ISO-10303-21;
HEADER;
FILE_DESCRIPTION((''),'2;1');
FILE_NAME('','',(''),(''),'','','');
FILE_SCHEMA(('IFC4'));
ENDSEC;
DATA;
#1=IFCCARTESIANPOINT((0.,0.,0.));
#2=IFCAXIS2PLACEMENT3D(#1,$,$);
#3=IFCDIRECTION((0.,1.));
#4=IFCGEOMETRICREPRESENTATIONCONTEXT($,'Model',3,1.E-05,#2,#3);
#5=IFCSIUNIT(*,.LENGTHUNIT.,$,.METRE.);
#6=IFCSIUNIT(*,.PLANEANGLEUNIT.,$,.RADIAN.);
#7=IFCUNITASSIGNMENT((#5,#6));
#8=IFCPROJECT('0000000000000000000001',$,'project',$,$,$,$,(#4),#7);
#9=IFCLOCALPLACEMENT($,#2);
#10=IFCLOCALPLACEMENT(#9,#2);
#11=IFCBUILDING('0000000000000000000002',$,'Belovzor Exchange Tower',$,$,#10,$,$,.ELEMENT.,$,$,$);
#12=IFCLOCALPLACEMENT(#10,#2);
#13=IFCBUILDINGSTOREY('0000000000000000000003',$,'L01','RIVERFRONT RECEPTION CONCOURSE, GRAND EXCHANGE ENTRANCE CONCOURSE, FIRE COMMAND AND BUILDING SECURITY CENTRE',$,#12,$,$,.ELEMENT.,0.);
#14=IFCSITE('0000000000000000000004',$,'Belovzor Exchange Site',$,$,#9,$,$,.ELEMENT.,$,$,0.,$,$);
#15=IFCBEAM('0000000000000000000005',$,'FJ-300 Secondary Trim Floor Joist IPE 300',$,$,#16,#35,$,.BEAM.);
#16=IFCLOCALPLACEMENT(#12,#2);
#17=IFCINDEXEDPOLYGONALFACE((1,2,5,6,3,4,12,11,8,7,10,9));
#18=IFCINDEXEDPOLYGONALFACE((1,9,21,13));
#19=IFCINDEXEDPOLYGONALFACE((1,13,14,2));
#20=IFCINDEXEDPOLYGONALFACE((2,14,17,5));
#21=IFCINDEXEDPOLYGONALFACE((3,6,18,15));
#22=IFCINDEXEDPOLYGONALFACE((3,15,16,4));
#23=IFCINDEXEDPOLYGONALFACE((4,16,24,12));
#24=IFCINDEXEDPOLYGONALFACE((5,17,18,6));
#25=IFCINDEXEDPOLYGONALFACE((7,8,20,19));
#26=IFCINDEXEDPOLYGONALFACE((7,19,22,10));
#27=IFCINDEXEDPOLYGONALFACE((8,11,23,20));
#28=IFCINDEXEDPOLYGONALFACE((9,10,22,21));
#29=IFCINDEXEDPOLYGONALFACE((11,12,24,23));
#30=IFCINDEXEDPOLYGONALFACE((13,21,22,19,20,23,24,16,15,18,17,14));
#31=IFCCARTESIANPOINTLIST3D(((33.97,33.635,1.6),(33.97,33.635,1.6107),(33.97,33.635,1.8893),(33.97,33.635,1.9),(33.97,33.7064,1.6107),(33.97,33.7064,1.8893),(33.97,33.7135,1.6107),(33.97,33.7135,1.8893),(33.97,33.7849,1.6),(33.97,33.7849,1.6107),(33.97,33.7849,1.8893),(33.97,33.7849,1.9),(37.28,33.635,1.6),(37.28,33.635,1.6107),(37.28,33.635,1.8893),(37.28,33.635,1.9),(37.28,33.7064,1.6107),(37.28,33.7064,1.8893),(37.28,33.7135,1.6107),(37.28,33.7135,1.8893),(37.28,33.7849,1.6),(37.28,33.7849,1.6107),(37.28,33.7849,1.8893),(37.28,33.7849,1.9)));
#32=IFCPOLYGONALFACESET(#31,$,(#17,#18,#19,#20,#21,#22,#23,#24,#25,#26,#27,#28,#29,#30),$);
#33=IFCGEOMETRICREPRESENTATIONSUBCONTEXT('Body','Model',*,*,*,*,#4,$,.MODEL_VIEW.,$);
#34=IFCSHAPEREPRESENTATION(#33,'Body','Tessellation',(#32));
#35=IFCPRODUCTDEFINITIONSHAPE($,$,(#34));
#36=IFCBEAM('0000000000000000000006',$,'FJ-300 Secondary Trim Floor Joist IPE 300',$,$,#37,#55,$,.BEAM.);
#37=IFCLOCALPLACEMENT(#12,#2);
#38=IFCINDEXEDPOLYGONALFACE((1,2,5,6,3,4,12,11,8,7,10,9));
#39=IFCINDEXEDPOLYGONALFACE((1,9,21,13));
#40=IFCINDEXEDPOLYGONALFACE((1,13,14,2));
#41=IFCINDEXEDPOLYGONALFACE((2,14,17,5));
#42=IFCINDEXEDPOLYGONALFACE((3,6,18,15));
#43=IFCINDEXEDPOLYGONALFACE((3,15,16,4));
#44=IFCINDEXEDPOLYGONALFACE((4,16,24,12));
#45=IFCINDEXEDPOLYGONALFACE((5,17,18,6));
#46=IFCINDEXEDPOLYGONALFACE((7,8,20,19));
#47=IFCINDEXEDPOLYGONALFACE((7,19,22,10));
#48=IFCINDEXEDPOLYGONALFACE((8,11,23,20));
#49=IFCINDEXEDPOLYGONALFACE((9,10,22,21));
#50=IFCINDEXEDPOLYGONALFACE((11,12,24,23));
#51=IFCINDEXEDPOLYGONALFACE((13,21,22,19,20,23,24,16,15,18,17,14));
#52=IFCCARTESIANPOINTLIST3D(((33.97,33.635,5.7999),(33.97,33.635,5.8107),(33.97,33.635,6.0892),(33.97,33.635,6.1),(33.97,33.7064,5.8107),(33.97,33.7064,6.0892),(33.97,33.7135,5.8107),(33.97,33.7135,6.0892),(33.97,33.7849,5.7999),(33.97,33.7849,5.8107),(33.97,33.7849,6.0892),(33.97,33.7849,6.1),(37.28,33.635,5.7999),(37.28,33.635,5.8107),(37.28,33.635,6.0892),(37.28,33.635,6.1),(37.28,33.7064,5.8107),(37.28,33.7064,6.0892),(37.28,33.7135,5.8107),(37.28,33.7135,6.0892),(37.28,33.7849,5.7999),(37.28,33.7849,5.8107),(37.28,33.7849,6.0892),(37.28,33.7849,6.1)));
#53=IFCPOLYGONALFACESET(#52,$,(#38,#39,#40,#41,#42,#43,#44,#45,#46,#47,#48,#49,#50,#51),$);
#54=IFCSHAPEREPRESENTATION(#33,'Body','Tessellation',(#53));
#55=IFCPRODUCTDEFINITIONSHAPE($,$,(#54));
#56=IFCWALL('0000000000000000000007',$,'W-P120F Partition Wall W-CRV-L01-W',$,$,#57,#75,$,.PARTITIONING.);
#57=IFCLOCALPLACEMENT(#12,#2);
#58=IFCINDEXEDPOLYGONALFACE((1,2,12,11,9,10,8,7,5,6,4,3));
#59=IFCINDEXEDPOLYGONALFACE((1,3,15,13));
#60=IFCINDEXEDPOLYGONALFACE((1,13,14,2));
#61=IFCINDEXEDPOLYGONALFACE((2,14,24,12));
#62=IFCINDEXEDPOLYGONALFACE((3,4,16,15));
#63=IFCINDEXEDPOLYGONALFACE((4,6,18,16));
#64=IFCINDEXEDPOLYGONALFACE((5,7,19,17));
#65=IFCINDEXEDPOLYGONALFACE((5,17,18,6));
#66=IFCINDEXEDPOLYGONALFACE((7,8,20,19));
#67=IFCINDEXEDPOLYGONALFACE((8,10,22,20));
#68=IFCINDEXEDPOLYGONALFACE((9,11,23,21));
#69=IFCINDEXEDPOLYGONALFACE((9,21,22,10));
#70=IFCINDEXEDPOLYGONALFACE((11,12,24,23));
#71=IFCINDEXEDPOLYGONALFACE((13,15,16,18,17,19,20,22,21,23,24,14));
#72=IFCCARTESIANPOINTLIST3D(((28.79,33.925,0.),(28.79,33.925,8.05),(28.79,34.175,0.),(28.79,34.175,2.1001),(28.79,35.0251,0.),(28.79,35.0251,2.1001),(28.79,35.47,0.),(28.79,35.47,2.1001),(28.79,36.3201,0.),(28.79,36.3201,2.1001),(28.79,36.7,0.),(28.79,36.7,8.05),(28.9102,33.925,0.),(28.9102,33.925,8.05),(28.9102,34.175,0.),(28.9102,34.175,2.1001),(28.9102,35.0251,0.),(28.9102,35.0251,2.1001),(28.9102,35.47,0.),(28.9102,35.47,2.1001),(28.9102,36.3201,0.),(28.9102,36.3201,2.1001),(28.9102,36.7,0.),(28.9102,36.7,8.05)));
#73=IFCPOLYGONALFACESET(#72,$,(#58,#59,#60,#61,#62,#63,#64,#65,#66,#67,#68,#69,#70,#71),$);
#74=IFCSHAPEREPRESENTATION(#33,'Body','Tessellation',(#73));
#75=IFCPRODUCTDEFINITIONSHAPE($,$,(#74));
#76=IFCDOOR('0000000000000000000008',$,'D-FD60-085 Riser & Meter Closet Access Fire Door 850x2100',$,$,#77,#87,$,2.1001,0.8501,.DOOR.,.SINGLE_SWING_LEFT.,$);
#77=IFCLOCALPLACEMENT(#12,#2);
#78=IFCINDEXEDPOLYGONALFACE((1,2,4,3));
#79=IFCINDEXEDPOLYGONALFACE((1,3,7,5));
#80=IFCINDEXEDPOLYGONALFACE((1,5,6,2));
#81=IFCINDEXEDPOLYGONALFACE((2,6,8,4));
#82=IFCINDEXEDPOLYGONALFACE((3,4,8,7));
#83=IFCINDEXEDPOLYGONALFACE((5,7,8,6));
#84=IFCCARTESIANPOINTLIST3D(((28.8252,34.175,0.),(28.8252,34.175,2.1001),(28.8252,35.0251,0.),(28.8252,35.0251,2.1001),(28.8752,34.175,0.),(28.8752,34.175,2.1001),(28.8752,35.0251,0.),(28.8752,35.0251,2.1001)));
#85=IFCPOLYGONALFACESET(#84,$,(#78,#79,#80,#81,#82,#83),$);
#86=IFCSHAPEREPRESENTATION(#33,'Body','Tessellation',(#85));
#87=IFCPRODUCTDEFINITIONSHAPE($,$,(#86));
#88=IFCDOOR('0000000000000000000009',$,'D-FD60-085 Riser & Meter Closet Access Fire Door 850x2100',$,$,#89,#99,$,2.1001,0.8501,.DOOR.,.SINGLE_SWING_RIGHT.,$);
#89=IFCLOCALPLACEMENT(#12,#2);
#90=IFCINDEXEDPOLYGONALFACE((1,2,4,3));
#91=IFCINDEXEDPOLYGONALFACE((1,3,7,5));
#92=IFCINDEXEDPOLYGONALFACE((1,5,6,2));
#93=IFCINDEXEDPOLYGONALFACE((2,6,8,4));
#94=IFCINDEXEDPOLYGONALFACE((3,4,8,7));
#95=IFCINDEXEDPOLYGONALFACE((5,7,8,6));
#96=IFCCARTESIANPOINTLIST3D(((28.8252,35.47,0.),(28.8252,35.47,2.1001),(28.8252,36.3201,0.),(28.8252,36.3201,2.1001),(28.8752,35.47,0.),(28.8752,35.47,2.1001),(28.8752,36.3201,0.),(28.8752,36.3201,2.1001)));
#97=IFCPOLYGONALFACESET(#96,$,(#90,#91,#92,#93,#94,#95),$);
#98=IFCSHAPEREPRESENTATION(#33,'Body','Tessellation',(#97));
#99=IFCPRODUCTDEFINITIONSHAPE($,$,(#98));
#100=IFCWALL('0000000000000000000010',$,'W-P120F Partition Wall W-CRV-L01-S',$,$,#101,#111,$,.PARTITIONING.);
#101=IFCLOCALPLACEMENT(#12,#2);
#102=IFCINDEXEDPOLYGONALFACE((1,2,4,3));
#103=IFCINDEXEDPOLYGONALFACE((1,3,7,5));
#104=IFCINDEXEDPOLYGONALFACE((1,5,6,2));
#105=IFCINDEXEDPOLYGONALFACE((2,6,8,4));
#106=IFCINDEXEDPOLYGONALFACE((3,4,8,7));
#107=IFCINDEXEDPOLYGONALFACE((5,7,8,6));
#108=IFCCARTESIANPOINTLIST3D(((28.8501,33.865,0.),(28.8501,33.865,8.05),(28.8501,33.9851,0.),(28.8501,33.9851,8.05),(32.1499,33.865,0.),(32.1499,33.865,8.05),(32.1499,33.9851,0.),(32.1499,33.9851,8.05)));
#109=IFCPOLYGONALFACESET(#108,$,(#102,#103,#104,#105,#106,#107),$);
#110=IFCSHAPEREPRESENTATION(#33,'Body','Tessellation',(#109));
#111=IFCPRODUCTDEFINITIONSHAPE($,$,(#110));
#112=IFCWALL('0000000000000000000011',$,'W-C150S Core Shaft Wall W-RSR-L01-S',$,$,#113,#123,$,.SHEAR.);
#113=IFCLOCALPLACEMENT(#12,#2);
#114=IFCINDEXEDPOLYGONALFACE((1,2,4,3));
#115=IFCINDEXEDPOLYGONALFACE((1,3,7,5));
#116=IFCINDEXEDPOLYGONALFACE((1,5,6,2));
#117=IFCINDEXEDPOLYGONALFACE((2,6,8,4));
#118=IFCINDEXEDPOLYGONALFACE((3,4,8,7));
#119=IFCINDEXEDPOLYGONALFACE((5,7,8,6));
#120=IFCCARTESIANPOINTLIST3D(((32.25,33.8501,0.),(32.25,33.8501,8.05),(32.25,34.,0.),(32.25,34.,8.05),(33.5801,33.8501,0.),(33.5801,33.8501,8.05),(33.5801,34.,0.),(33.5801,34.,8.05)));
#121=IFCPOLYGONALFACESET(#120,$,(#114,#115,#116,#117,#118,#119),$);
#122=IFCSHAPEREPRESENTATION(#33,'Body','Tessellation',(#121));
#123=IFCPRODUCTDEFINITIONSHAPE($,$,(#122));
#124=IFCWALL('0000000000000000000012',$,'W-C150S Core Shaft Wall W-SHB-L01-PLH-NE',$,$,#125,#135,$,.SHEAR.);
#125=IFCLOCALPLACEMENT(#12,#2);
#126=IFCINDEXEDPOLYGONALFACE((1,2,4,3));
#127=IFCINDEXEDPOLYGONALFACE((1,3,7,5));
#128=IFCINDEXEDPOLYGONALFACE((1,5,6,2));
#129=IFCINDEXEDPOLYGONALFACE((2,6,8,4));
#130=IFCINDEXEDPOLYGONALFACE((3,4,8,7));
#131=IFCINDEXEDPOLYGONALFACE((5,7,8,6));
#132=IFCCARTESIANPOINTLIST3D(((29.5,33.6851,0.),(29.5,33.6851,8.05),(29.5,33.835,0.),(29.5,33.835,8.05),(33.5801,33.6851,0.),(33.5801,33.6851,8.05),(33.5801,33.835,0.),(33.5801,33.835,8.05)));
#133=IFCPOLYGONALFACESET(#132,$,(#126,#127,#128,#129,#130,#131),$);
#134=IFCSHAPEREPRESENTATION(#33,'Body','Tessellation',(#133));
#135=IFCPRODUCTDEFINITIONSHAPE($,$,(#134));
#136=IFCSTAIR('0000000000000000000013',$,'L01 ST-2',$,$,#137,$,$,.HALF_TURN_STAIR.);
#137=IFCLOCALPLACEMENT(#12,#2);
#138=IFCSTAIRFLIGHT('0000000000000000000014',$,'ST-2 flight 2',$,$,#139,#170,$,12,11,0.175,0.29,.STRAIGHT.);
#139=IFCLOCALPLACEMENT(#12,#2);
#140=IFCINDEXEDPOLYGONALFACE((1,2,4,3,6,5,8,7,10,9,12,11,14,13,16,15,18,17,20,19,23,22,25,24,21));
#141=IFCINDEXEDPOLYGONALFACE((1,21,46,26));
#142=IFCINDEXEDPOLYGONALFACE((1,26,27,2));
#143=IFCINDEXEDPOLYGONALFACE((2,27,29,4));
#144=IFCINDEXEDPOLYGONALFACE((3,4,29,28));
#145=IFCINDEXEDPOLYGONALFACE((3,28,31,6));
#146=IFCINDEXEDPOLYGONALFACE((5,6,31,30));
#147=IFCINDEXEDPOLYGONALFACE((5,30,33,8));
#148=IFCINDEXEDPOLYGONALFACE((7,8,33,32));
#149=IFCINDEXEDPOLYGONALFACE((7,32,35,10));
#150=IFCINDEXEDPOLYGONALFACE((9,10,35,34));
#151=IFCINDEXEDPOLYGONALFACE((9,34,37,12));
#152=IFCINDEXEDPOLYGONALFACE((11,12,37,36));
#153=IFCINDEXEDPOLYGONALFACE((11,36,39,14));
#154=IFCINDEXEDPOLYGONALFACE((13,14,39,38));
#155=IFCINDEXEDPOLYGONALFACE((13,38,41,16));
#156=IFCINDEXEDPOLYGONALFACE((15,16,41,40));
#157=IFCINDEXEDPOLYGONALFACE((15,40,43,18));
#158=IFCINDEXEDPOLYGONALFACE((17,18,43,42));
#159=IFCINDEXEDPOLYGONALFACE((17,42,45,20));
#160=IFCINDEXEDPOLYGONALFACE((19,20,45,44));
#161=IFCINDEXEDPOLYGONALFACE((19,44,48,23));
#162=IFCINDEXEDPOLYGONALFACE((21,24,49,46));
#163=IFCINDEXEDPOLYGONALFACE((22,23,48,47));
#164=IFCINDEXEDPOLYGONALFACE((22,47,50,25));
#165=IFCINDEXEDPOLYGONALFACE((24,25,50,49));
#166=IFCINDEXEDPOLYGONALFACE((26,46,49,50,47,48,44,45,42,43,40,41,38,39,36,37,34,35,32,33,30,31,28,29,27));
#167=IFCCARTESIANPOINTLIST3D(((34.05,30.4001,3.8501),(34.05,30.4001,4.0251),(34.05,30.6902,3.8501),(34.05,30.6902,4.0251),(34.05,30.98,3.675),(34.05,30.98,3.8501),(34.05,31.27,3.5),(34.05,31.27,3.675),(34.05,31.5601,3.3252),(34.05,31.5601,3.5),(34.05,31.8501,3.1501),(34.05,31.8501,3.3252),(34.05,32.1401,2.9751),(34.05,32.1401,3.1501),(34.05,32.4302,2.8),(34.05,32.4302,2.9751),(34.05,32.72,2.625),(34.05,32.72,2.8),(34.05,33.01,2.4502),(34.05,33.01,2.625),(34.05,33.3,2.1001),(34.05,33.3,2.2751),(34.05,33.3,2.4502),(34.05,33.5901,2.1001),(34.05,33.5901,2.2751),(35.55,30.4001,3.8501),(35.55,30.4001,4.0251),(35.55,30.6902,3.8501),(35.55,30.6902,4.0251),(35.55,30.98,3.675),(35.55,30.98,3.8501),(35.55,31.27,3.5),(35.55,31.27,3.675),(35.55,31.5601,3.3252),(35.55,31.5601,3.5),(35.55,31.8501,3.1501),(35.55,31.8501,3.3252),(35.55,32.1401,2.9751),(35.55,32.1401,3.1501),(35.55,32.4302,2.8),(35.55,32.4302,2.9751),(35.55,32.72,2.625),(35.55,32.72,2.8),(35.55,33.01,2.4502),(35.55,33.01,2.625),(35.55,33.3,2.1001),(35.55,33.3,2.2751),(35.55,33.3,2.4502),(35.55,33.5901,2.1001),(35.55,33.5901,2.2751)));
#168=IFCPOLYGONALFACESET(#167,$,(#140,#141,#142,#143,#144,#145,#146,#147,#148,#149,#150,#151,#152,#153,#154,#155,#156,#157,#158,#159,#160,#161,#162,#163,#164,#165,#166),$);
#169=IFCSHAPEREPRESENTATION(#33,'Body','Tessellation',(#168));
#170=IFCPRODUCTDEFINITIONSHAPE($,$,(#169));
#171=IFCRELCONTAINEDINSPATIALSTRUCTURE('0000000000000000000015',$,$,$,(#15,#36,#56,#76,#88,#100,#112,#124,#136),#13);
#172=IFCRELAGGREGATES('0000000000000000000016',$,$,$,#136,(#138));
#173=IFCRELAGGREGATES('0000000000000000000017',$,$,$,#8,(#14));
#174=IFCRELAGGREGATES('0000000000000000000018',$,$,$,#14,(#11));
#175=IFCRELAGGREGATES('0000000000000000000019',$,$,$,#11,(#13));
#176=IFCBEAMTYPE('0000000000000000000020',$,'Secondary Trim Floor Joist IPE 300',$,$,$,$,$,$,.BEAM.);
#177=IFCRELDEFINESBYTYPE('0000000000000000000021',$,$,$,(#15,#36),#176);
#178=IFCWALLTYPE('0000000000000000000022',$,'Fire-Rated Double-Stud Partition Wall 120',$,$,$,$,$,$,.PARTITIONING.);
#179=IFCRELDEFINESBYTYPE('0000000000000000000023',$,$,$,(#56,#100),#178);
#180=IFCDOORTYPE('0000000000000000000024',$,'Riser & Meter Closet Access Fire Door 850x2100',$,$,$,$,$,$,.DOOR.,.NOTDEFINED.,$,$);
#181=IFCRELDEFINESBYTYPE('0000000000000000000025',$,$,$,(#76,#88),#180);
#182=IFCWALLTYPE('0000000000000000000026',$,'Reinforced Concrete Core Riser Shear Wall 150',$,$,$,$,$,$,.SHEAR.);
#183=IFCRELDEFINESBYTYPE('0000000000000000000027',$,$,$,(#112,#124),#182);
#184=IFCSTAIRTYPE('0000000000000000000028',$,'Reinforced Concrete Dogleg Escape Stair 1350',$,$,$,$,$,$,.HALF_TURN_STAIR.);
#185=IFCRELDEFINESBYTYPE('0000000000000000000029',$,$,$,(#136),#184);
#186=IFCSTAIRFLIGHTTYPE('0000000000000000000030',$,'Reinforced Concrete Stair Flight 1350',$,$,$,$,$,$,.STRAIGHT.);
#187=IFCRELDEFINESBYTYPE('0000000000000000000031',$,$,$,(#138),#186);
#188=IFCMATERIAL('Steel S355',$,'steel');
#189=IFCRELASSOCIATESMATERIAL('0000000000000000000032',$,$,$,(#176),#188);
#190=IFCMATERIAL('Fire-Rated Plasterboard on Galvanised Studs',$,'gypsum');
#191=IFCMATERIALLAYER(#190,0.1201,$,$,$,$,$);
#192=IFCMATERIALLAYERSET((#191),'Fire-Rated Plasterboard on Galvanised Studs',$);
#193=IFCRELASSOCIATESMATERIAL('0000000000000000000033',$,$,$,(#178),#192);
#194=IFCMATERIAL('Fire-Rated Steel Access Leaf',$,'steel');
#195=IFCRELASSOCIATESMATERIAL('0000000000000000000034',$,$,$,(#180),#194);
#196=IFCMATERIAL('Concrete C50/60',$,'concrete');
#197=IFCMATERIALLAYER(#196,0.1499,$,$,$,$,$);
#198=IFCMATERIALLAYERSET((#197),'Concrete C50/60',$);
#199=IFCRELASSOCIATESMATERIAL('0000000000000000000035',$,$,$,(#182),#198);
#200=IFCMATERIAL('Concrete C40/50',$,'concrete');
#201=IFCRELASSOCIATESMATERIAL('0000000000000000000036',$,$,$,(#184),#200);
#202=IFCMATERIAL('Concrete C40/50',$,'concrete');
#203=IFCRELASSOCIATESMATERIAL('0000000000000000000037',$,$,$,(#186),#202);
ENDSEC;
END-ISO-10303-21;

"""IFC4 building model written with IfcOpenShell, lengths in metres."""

from ifc_helpers import new_model, si_unit, direction, frame, frame_2d, origin, origin_2d, place, context, subcontext, project, spatial, polyline, rectangle, i_section, outline, extrude, material, layer, layer_set, material_profile, profile_set, type_object, element, fill, aggregate, save


model = new_model("IFC4")

# Units and contexts
model_context = context("Model", 3, precision=1e-05, world=origin(), true_north=direction((0.0, 1.0)))
body_context = subcontext(model_context, "Body", "Model", "MODEL_VIEW")
ifc_project = project(units=[si_unit("LENGTHUNIT", "METRE"), si_unit("PLANEANGLEUNIT", "RADIAN")], contexts=[model_context])

# Site, building, storey
site_placement = place(None, origin())
site = spatial("IfcSite", under=ifc_project, at=site_placement, Name="Belovzor Exchange Site", CompositionType="ELEMENT", RefElevation=0.0)
building_placement = place(site_placement, origin())
building = spatial("IfcBuilding", under=site, at=building_placement, Name="Belovzor Exchange Tower", CompositionType="ELEMENT")
storey_placement = place(building_placement, origin())
storey = spatial("IfcBuildingStorey", under=building, at=storey_placement, Name="L01", Description="RIVERFRONT RECEPTION CONCOURSE, GRAND EXCHANGE ENTRANCE CONCOURSE, FIRE COMMAND AND BUILDING SECURITY CENTRE", CompositionType="ELEMENT", Elevation=0.0)

# Beams
ifc_material_1 = material(Name="Steel S355", Category="steel")
ifc_material_profile = material_profile(ifc_material_1, i_section(OverallWidth=0.1499, OverallDepth=0.3, WebThickness=0.0071, FlangeThickness=0.0107, at=origin_2d()))
ifc_profile_set = profile_set([ifc_material_profile], Name="Steel S355")
beam_type = type_object("IfcBeamType", Name="Secondary Trim Floor Joist IPE 300", PredefinedType="BEAM", material=ifc_profile_set)
for number, where, z_axis, x_axis, name in (
    (1, (37.28, 33.71, 1.75), (-1.0, 0.0, 0.0), (0.0, -1.0, 0.0), "FJ-300 Secondary Trim Floor Joist IPE 300"),
    (2, (37.28, 33.71, 5.95), (-1.0, 0.0, 0.0), (0.0, -1.0, 0.0), "FJ-300 Secondary Trim Floor Joist IPE 300"),
):
    element("IfcBeam", number, at=place(storey_placement, frame(where, z_axis=z_axis, x_axis=x_axis)), inside=storey, type_object=beam_type, Name=name, PredefinedType="BEAM", context=body_context, shape_type="SweptSolid", body=[
        extrude(i_section(OverallWidth=0.1499, OverallDepth=0.3, WebThickness=0.0071, FlangeThickness=0.0107, at=origin_2d()), origin(), (0.0, 0.0, 1.0), 3.3101),
    ])

# Wall, openings, doors
ifc_material_2 = material(Name="Fire-Rated Plasterboard on Galvanised Studs", Category="gypsum")
ifc_layer_1 = layer(ifc_material_2, 0.1201)
ifc_layer_set_1 = layer_set([ifc_layer_1], Name="Fire-Rated Plasterboard on Galvanised Studs")
wall_type_1 = type_object("IfcWallType", Name="Fire-Rated Double-Stud Partition Wall 120", PredefinedType="PARTITIONING", material=ifc_layer_set_1)
wall_1_placement = place(storey_placement, frame((28.8501, 33.925, 0.0), z_axis=(0.0, 0.0, 1.0), x_axis=(0.0, 1.0, 0.0)))
wall_1 = element("IfcWall", 3, at=wall_1_placement, inside=storey, type_object=wall_type_1, Name="W-P120F Partition Wall W-CRV-L01-W", PredefinedType="PARTITIONING", context=body_context, shape_type="SweptSolid", body=[
    extrude(rectangle(XDim=2.7749, YDim=0.1201, at=frame_2d((1.3875, 0.0))), origin(), (0.0, 0.0, 1.0), 8.05),
])
opening_1_placement = place(wall_1_placement, frame((0.25, 0.0, 0.0)))
opening_1 = element("IfcOpeningElement", 4, at=opening_1_placement, cuts=wall_1, PredefinedType="OPENING", context=body_context, shape_type="SweptSolid", body=[
    extrude(rectangle(XDim=0.8501, YDim=2.1001, at=frame_2d((0.425, 1.05))), frame((0.0, 0.0701, 0.0), z_axis=(0.0, -1.0, 0.0), x_axis=(1.0, 0.0, 0.0)), (0.0, 0.0, 1.0), 0.1401),
])
opening_2_placement = place(wall_1_placement, frame((1.5449, 0.0, 0.0)))
opening_2 = element("IfcOpeningElement", 5, at=opening_2_placement, cuts=wall_1, PredefinedType="OPENING", context=body_context, shape_type="SweptSolid", body=[
    extrude(rectangle(XDim=0.8501, YDim=2.1001, at=frame_2d((0.425, 1.05))), frame((0.0, 0.0701, 0.0), z_axis=(0.0, -1.0, 0.0), x_axis=(1.0, 0.0, 0.0)), (0.0, 0.0, 1.0), 0.1401),
])
ifc_material_3 = material(Name="Fire-Rated Steel Access Leaf", Category="steel")
door_type = type_object("IfcDoorType", Name="Riser & Meter Closet Access Fire Door 850x2100", OperationType="NOTDEFINED", PredefinedType="DOOR", material=ifc_material_3)
door_1_placement = place(opening_1_placement, origin())
door_1 = element("IfcDoor", 6, at=door_1_placement, inside=storey, type_object=door_type, Name="D-FD60-085 Riser & Meter Closet Access Fire Door 850x2100", OperationType="SINGLE_SWING_LEFT", OverallHeight=2.1001, OverallWidth=0.8501, PredefinedType="DOOR", context=body_context, shape_type="SweptSolid", body=[
    extrude(rectangle(XDim=0.8501, YDim=2.1001, at=frame_2d((0.425, 1.05))), frame((0.0, 0.0249, 0.0), z_axis=(0.0, -1.0, 0.0), x_axis=(1.0, 0.0, 0.0)), (0.0, 0.0, 1.0), 0.05),
])
fill(opening_1, door_1)
door_2_placement = place(opening_2_placement, origin())
door_2 = element("IfcDoor", 7, at=door_2_placement, inside=storey, type_object=door_type, Name="D-FD60-085 Riser & Meter Closet Access Fire Door 850x2100", OperationType="SINGLE_SWING_RIGHT", OverallHeight=2.1001, OverallWidth=0.8501, PredefinedType="DOOR", context=body_context, shape_type="SweptSolid", body=[
    extrude(rectangle(XDim=0.8501, YDim=2.1001, at=frame_2d((0.425, 1.05))), frame((0.0, 0.0249, 0.0), z_axis=(0.0, -1.0, 0.0), x_axis=(1.0, 0.0, 0.0)), (0.0, 0.0, 1.0), 0.05),
])
fill(opening_2, door_2)

# Walls
wall_2_placement = place(storey_placement, frame((28.8501, 33.925, 0.0), z_axis=(0.0, 0.0, 1.0), x_axis=(1.0, 0.0, 0.0)))
element("IfcWall", 8, at=wall_2_placement, inside=storey, type_object=wall_type_1, Name="W-P120F Partition Wall W-CRV-L01-S", PredefinedType="PARTITIONING", context=body_context, shape_type="SweptSolid", body=[
    extrude(rectangle(XDim=3.2998, YDim=0.1201, at=frame_2d((1.6499, 0.0))), origin(), (0.0, 0.0, 1.0), 8.05),
])
ifc_material_4 = material(Name="Concrete C50/60", Category="concrete")
ifc_layer_2 = layer(ifc_material_4, 0.1499)
ifc_layer_set_2 = layer_set([ifc_layer_2], Name="Concrete C50/60")
wall_type_2 = type_object("IfcWallType", Name="Reinforced Concrete Core Riser Shear Wall 150", PredefinedType="SHEAR", material=ifc_layer_set_2)
wall_3_placement = place(storey_placement, frame((32.25, 33.925, 0.0), z_axis=(0.0, 0.0, 1.0), x_axis=(1.0, 0.0, 0.0)))
element("IfcWall", 9, at=wall_3_placement, inside=storey, type_object=wall_type_2, Name="W-C150S Core Shaft Wall W-RSR-L01-S", PredefinedType="SHEAR", context=body_context, shape_type="SweptSolid", body=[
    extrude(rectangle(XDim=1.3301, YDim=0.1499, at=frame_2d((0.665, 0.0))), origin(), (0.0, 0.0, 1.0), 8.05),
])
wall_4_placement = place(storey_placement, frame((29.5, 33.76, 0.0), z_axis=(0.0, 0.0, 1.0), x_axis=(1.0, 0.0, 0.0)))
element("IfcWall", 10, at=wall_4_placement, inside=storey, type_object=wall_type_2, Name="W-C150S Core Shaft Wall W-SHB-L01-PLH-NE", PredefinedType="SHEAR", context=body_context, shape_type="SweptSolid", body=[
    extrude(rectangle(XDim=4.0801, YDim=0.1499, at=frame_2d((2.04, 0.0))), origin(), (0.0, 0.0, 1.0), 8.05),
])

# Stair, stair flight
ifc_material_5 = material(Name="Concrete C40/50", Category="concrete")
stair_type = type_object("IfcStairType", Name="Reinforced Concrete Dogleg Escape Stair 1350", PredefinedType="HALF_TURN_STAIR", material=ifc_material_5)
stair_placement = place(storey_placement, origin())
stair = element("IfcStair", 11, at=stair_placement, inside=storey, type_object=stair_type, Name="L01 ST-2", PredefinedType="HALF_TURN_STAIR")
ifc_material_6 = material(Name="Concrete C40/50", Category="concrete")
stair_flight_type = type_object("IfcStairFlightType", Name="Reinforced Concrete Stair Flight 1350", PredefinedType="STRAIGHT", material=ifc_material_6)
stair_flight_1_placement = place(storey_placement, frame((34.8, 33.5901, 2.1001), z_axis=(0.0, 0.0, 1.0), x_axis=(0.0, -1.0, 0.0)))
stair_flight_1 = element("IfcStairFlight", 12, at=stair_flight_1_placement, type_object=stair_flight_type, Name="ST-2 flight 2", NumberOfRisers=12, NumberOfTreads=11, PredefinedType="STRAIGHT", RiserHeight=0.175, TreadLength=0.29, context=body_context, shape_type="SweptSolid", body=[
    extrude(outline(polyline([(0.0, 0.0), (0.0, 0.175), (0.29, 0.175), (0.29, 0.3501), (0.5801, 0.3501), (0.5801, 0.5249), (0.8701, 0.5249), (0.8701, 0.7), (1.1599, 0.7), (1.1599, 0.875), (1.45, 0.875), (1.45, 1.05), (1.74, 1.05), (1.74, 1.2251), (2.03, 1.2251), (2.03, 1.3999), (2.3201, 1.3999), (2.3201, 1.575), (2.6101, 1.575), (2.6101, 1.75), (2.8999, 1.75), (2.8999, 1.925), (3.1899, 1.925), (3.1899, 2.1001), (3.1899, 1.75), (0.29, 0.0), (0.0, 0.0)])), frame((0.0, 0.75, 0.0), z_axis=(0.0, -1.0, 0.0), x_axis=(1.0, 0.0, 0.0)), (0.0, 0.0, 1.0), 1.5),
])
aggregate(stair, [stair_flight_1])

save(model, "model.ifc")
